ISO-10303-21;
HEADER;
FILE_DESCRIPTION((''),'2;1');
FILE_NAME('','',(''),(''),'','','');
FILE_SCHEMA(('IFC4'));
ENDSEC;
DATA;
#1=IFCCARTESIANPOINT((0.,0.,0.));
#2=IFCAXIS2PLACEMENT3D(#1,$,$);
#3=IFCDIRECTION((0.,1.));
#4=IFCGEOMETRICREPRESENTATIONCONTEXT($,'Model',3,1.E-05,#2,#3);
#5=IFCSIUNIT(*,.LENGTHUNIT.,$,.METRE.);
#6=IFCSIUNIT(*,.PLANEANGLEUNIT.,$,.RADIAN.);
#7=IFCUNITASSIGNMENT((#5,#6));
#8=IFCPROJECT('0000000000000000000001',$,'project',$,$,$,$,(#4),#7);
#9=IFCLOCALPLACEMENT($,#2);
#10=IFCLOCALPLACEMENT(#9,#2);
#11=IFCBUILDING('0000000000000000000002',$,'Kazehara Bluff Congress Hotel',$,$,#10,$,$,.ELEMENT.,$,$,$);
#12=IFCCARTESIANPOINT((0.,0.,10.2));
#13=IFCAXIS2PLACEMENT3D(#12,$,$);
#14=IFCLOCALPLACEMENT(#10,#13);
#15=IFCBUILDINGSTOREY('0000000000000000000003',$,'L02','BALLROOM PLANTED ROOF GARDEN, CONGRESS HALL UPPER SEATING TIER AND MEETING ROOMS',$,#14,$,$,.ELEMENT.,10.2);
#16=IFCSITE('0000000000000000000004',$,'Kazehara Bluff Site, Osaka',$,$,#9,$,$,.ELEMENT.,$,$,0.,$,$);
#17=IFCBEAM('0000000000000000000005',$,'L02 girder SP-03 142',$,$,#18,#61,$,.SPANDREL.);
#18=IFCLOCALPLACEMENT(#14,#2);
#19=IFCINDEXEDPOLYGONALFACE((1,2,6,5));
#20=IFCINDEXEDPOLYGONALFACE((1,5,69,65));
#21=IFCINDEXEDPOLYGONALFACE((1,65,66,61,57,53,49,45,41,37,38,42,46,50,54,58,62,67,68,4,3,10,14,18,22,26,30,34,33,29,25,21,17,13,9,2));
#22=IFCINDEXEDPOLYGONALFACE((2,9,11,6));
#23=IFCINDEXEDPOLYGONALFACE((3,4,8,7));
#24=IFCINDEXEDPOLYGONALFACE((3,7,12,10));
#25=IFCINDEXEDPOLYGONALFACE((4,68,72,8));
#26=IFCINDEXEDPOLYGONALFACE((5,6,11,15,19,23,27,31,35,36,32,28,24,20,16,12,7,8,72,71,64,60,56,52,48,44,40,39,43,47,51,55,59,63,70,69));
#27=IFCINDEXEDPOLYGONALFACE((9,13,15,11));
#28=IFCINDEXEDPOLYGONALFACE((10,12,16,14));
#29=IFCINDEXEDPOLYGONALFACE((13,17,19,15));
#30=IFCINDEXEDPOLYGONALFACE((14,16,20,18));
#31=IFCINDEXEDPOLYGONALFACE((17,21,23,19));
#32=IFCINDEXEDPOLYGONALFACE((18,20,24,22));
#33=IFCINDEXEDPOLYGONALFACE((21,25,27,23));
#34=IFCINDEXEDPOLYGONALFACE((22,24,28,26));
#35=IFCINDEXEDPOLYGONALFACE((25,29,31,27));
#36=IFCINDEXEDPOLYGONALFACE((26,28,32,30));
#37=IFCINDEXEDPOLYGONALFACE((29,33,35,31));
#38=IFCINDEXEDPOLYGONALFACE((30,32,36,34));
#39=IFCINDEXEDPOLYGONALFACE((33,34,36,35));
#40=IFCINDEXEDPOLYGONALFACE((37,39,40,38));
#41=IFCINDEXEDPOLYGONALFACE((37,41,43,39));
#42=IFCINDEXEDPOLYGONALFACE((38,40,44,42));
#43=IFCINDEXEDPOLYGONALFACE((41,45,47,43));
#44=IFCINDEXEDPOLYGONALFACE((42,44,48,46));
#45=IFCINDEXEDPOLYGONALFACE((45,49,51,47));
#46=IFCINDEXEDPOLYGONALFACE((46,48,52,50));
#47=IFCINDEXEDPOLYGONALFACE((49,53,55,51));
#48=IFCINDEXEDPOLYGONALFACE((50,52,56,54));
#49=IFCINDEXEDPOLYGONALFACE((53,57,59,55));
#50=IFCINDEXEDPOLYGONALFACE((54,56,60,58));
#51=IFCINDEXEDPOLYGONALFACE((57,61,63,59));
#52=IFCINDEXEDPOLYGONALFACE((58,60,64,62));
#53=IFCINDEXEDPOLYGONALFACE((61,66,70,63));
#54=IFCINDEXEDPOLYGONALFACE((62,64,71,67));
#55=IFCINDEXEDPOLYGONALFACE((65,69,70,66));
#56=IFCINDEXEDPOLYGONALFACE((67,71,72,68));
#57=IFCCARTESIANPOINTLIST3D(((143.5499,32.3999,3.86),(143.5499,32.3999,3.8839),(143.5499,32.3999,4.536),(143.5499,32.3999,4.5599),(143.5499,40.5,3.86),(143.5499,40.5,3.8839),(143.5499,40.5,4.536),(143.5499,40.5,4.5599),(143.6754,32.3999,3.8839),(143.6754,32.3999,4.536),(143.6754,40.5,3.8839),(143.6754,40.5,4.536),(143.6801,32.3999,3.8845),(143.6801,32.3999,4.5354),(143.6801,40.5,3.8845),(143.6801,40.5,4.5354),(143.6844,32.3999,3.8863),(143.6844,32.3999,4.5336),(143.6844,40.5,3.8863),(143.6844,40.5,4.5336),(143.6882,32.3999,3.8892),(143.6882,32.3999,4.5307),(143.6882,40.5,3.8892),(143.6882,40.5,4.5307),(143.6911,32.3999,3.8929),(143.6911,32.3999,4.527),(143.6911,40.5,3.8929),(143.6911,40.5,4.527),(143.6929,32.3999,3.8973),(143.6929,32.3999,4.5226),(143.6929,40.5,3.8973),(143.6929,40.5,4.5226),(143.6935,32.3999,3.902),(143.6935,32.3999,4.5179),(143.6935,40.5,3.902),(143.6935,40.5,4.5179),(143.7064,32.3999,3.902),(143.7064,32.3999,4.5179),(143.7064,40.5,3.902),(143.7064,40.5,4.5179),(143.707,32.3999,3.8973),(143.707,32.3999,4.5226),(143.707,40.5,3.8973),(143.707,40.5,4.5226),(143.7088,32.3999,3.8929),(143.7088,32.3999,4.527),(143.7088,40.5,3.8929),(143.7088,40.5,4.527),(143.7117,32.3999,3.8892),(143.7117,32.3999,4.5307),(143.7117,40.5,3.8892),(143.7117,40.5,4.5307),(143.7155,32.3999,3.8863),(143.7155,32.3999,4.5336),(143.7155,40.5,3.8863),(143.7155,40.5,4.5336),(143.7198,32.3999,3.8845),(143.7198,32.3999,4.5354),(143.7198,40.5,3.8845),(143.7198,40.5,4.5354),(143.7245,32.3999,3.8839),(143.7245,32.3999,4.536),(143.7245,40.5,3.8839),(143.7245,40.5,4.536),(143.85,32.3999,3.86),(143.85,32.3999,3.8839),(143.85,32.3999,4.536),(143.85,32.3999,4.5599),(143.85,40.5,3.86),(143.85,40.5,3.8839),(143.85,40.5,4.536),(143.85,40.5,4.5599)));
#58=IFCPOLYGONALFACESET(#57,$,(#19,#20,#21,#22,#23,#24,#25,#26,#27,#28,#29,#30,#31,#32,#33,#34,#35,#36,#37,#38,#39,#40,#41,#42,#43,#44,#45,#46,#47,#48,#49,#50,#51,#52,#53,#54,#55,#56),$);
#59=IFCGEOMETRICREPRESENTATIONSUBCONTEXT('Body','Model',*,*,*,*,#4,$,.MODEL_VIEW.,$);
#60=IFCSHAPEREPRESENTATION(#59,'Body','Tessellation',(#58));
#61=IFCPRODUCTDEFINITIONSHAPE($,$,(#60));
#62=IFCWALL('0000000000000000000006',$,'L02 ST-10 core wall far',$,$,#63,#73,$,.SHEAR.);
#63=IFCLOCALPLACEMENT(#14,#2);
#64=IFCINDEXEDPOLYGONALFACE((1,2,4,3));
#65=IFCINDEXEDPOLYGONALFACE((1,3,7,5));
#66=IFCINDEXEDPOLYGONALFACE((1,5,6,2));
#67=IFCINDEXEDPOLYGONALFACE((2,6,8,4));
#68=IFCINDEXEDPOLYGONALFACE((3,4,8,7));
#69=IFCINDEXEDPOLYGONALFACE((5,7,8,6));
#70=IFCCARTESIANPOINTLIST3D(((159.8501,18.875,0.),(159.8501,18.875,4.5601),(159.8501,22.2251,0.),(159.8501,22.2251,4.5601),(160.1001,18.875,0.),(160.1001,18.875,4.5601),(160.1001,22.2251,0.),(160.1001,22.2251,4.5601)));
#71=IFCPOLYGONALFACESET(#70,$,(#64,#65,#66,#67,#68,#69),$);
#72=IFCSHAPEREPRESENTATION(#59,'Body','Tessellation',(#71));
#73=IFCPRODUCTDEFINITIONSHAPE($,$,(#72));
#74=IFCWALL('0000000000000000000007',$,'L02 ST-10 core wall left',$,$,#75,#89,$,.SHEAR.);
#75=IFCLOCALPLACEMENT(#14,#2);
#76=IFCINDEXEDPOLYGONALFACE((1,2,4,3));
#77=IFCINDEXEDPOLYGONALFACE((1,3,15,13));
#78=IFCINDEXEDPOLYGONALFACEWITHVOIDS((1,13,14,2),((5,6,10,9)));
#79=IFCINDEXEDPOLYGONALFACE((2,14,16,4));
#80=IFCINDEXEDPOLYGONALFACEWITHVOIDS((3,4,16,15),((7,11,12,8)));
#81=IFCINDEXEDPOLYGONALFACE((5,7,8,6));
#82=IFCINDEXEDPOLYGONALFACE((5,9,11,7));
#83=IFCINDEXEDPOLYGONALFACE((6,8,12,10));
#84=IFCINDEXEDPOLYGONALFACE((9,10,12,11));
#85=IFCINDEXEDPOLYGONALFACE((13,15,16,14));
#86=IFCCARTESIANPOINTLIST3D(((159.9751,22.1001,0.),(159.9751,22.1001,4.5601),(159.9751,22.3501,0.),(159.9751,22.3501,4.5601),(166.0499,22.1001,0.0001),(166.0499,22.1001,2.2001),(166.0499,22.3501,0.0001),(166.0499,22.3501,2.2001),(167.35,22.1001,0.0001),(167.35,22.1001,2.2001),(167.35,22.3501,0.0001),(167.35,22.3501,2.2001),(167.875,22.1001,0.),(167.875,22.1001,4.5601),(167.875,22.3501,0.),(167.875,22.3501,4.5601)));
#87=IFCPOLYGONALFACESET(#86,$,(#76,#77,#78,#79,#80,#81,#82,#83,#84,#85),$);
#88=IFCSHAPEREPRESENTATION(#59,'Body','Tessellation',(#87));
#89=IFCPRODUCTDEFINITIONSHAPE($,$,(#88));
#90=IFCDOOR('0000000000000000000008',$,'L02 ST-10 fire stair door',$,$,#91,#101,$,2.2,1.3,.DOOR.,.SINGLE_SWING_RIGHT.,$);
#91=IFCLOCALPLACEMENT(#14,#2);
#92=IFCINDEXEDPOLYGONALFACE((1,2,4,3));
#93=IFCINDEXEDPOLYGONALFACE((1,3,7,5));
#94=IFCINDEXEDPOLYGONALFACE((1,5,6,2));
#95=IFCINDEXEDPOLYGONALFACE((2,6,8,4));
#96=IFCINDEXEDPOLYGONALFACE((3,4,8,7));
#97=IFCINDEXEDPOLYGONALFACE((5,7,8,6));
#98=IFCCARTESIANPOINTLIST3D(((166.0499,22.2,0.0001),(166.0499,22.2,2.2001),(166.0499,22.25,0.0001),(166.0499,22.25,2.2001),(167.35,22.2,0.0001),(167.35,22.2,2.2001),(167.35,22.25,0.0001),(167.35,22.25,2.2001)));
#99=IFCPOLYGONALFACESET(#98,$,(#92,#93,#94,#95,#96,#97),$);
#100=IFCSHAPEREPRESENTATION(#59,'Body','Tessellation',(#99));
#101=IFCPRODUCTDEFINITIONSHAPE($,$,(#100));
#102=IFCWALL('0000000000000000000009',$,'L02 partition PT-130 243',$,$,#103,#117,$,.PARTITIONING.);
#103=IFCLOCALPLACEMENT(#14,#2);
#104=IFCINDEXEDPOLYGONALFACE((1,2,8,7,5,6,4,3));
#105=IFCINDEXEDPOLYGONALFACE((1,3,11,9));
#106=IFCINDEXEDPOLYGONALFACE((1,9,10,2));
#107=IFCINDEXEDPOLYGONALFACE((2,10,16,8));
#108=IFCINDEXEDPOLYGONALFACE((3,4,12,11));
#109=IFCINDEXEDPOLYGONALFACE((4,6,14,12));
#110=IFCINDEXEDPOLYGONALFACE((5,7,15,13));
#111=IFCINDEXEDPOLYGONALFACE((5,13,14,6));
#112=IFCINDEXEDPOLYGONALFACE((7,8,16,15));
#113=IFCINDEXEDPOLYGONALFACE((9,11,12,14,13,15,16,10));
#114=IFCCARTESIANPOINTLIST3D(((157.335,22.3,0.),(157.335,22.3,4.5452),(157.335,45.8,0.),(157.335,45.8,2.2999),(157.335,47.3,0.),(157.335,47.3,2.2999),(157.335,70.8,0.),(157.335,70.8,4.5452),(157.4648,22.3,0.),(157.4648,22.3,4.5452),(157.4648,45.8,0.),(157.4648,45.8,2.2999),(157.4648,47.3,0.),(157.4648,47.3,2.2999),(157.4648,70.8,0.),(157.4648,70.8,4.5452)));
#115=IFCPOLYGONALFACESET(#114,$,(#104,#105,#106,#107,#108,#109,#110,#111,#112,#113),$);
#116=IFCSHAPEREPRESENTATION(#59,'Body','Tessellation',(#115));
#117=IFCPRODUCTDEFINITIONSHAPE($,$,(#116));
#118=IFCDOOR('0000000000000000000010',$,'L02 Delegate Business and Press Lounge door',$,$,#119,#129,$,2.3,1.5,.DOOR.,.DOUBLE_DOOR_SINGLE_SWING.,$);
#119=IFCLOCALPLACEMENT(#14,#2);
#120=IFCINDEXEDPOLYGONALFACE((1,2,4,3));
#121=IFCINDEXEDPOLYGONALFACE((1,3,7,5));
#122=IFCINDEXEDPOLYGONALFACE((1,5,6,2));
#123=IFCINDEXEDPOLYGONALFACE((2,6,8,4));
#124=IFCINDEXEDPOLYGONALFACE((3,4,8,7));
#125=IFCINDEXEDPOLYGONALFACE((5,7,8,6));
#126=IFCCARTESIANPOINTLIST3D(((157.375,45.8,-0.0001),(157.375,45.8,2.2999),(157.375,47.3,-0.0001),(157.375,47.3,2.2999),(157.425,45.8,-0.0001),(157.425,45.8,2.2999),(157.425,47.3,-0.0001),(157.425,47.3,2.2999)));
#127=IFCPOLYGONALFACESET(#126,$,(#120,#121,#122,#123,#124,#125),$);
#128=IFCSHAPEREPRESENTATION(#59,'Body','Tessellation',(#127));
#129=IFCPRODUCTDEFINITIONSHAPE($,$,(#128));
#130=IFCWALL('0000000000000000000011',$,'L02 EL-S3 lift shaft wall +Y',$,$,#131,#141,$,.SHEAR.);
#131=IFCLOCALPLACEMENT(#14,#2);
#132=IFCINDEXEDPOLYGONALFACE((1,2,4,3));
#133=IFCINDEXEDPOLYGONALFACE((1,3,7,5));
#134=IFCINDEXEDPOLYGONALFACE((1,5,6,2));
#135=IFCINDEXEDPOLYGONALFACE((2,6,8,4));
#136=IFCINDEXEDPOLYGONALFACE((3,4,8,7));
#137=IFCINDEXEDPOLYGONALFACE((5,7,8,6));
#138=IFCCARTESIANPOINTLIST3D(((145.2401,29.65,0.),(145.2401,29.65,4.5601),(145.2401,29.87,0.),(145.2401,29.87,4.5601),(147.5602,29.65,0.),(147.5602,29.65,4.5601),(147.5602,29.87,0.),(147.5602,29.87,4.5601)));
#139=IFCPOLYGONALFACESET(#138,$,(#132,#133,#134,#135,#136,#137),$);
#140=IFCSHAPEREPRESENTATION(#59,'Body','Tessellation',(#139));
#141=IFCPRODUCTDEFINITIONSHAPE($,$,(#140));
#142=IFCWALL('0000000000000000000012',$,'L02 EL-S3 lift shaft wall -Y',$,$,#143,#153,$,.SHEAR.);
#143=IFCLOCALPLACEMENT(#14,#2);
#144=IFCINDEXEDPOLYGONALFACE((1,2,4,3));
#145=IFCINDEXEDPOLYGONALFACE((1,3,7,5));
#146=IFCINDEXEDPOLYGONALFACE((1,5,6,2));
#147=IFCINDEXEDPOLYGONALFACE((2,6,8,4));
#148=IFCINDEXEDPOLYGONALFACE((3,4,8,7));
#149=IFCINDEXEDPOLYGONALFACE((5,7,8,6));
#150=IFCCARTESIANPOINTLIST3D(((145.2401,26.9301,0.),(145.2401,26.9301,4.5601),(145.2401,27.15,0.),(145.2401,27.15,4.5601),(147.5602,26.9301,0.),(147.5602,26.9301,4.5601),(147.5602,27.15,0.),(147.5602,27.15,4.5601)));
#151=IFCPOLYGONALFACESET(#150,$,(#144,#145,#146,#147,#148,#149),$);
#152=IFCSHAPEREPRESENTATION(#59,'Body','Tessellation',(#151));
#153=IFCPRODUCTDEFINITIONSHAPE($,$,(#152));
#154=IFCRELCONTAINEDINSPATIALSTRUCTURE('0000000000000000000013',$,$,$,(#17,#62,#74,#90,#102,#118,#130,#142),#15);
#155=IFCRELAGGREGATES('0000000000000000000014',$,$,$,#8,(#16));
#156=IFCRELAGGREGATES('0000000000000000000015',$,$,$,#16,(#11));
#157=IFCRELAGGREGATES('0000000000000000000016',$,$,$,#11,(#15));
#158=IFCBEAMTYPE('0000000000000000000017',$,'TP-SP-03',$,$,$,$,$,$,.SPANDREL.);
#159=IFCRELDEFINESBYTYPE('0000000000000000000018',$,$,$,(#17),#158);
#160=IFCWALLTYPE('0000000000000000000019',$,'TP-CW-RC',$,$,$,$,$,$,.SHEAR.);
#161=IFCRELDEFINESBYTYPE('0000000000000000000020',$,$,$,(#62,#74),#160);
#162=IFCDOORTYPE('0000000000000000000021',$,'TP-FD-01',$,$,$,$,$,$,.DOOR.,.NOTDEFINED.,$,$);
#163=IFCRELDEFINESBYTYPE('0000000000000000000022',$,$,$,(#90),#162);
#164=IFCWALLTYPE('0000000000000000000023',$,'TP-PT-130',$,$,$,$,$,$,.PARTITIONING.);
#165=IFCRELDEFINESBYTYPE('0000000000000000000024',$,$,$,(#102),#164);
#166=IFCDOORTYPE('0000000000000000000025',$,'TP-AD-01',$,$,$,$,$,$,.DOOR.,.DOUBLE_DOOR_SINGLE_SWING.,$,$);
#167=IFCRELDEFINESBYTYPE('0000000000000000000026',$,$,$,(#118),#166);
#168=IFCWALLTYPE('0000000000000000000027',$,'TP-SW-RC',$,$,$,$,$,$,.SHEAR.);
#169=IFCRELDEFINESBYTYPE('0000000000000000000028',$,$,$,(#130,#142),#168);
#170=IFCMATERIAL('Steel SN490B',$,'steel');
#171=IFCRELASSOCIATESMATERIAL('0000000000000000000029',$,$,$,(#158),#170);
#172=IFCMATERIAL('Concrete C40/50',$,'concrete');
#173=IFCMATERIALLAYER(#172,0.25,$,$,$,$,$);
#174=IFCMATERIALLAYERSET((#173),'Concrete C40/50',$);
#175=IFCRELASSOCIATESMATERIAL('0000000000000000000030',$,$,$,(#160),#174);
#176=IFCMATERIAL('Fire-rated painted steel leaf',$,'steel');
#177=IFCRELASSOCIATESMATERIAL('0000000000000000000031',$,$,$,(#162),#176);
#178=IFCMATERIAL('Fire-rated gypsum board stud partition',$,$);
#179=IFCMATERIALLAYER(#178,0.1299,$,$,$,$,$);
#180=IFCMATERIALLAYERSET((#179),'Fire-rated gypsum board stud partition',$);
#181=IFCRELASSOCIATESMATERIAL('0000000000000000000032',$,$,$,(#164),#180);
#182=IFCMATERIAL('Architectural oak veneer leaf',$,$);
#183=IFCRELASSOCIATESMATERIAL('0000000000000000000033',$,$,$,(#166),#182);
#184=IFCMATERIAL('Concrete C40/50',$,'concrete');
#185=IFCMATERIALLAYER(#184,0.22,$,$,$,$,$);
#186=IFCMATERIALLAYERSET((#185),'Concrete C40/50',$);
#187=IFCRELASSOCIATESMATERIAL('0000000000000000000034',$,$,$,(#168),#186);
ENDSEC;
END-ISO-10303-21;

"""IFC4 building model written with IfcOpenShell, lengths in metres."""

from ifc_helpers import new_model, si_unit, direction, frame, frame_2d, origin, origin_2d, place, context, subcontext, project, spatial, rectangle, i_section, extrude, material, layer, layer_set, material_profile, profile_set, type_object, element, fill, save


model = new_model("IFC4")

# Units and contexts
model_context = context("Model", 3, precision=1e-05, world=origin(), true_north=direction((0.0, 1.0)))
body_context = subcontext(model_context, "Body", "Model", "MODEL_VIEW")
ifc_project = project(units=[si_unit("LENGTHUNIT", "METRE"), si_unit("PLANEANGLEUNIT", "RADIAN")], contexts=[model_context])

# Site, building, storey
site_placement = place(None, origin())
site = spatial("IfcSite", under=ifc_project, at=site_placement, Name="Kazehara Bluff Site, Osaka", CompositionType="ELEMENT", RefElevation=0.0)
building_placement = place(site_placement, origin())
building = spatial("IfcBuilding", under=site, at=building_placement, Name="Kazehara Bluff Congress Hotel", CompositionType="ELEMENT")
storey_placement = place(building_placement, frame((0.0, 0.0, 10.2)))
storey = spatial("IfcBuildingStorey", under=building, at=storey_placement, Name="L02", Description="BALLROOM PLANTED ROOF GARDEN, CONGRESS HALL UPPER SEATING TIER AND MEETING ROOMS", CompositionType="ELEMENT", Elevation=10.2)

# Beam
ifc_material_1 = material(Name="Steel SN490B", Category="steel")
ifc_material_profile_1 = material_profile(ifc_material_1, i_section(OverallWidth=0.3, OverallDepth=0.7, WebThickness=0.0129, FlangeThickness=0.0239, FilletRadius=0.0181, at=origin_2d()))
ifc_profile_set_1 = profile_set([ifc_material_profile_1], Name="Steel SN490B")
beam_type_1 = type_object("IfcBeamType", Name="TP-SP-03", PredefinedType="SPANDREL", material=ifc_profile_set_1)
beam_1_placement = place(storey_placement, frame((143.7, 32.3999, 4.21), z_axis=(0.0, 1.0, 0.0), x_axis=(-1.0, 0.0, 0.0)))
element("IfcBeam", 1, at=beam_1_placement, inside=storey, type_object=beam_type_1, Name="L02 girder SP-03 142", PredefinedType="SPANDREL", context=body_context, shape_type="SweptSolid", body=[
    extrude(i_section(OverallWidth=0.3, OverallDepth=0.7, WebThickness=0.0129, FlangeThickness=0.0239, FilletRadius=0.0181, at=origin_2d()), origin(), (0.0, 0.0, 1.0), 8.1001),
])

# Wall
ifc_material_2 = material(Name="Concrete C40/50", Category="concrete")
ifc_layer_1 = layer(ifc_material_2, 0.25)
ifc_layer_set_1 = layer_set([ifc_layer_1], Name="Concrete C40/50")
wall_type_1 = type_object("IfcWallType", Name="TP-CW-RC", PredefinedType="SHEAR", material=ifc_layer_set_1)
wall_1_placement = place(storey_placement, frame((159.9751, 18.875, 0.0), z_axis=(0.0, 0.0, 1.0), x_axis=(0.0, 1.0, 0.0)))
element("IfcWall", 2, at=wall_1_placement, inside=storey, type_object=wall_type_1, Name="L02 ST-10 core wall far", PredefinedType="SHEAR", context=body_context, shape_type="SweptSolid", body=[
    extrude(rectangle(XDim=3.3501, YDim=0.25, at=frame_2d((1.675, 0.0))), origin(), (0.0, 0.0, 1.0), 4.5601),
])

# Walls, openings, doors
wall_2_placement = place(storey_placement, frame((159.9751, 22.2251, 0.0), z_axis=(0.0, 0.0, 1.0), x_axis=(1.0, 0.0, 0.0)))
wall_2 = element("IfcWall", 3, at=wall_2_placement, inside=storey, type_object=wall_type_1, Name="L02 ST-10 core wall left", PredefinedType="SHEAR", context=body_context, shape_type="SweptSolid", body=[
    extrude(rectangle(XDim=7.8999, YDim=0.25, at=frame_2d((3.95, 0.0))), origin(), (0.0, 0.0, 1.0), 4.5601),
])
opening_1_placement = place(wall_2_placement, frame((6.075, 0.0, 0.0)))
opening_1 = element("IfcOpeningElement", 4, at=opening_1_placement, cuts=wall_2, PredefinedType="OPENING", context=body_context, shape_type="SweptSolid", body=[
    extrude(rectangle(XDim=1.3, YDim=2.2, at=frame_2d((0.6499, 1.1001))), frame((0.0, 0.135, 0.0), z_axis=(0.0, -1.0, 0.0), x_axis=(1.0, 0.0, 0.0)), (0.0, 0.0, 1.0), 0.27),
])
ifc_material_3 = material(Name="Fire-rated painted steel leaf", Category="steel")
door_type_1 = type_object("IfcDoorType", Name="TP-FD-01", OperationType="NOTDEFINED", PredefinedType="DOOR", material=ifc_material_3)
door_1_placement = place(opening_1_placement, origin())
door_1 = element("IfcDoor", 5, at=door_1_placement, inside=storey, type_object=door_type_1, Name="L02 ST-10 fire stair door", OperationType="SINGLE_SWING_RIGHT", OverallHeight=2.2, OverallWidth=1.3, PredefinedType="DOOR", context=body_context, shape_type="SweptSolid", body=[
    extrude(rectangle(XDim=1.3, YDim=2.2, at=frame_2d((0.6499, 1.1001))), frame((0.0, 0.0249, 0.0), z_axis=(0.0, -1.0, 0.0), x_axis=(1.0, 0.0, 0.0)), (0.0, 0.0, 1.0), 0.05),
])
fill(opening_1, door_1)
ifc_material_4 = material(Name="Fire-rated gypsum board stud partition")
ifc_layer_2 = layer(ifc_material_4, 0.1299)
ifc_layer_set_2 = layer_set([ifc_layer_2], Name="Fire-rated gypsum board stud partition")
wall_type_2 = type_object("IfcWallType", Name="TP-PT-130", PredefinedType="PARTITIONING", material=ifc_layer_set_2)
wall_3_placement = place(storey_placement, frame((157.3999, 22.3, 0.0), z_axis=(0.0, 0.0, 1.0), x_axis=(0.0, 1.0, 0.0)))
wall_3 = element("IfcWall", 6, at=wall_3_placement, inside=storey, type_object=wall_type_2, Name="L02 partition PT-130 243", PredefinedType="PARTITIONING", context=body_context, shape_type="SweptSolid", body=[
    extrude(rectangle(XDim=48.5, YDim=0.1299, at=frame_2d((24.25, 0.0))), origin(), (0.0, 0.0, 1.0), 4.5452),
])
opening_2_placement = place(wall_3_placement, frame((23.5, 0.0, 0.0)))
opening_2 = element("IfcOpeningElement", 7, at=opening_2_placement, cuts=wall_3, PredefinedType="OPENING", context=body_context, shape_type="SweptSolid", body=[
    extrude(rectangle(XDim=1.5, YDim=2.3, at=frame_2d((0.75, 1.1499))), frame((0.0, 0.075, 0.0), z_axis=(0.0, -1.0, 0.0), x_axis=(1.0, 0.0, 0.0)), (0.0, 0.0, 1.0), 0.1499),
])
ifc_material_5 = material(Name="Architectural oak veneer leaf")
door_type_2 = type_object("IfcDoorType", Name="TP-AD-01", OperationType="DOUBLE_DOOR_SINGLE_SWING", PredefinedType="DOOR", material=ifc_material_5)
door_2_placement = place(opening_2_placement, origin())
door_2 = element("IfcDoor", 8, at=door_2_placement, inside=storey, type_object=door_type_2, Name="L02 Delegate Business and Press Lounge door", OperationType="DOUBLE_DOOR_SINGLE_SWING", OverallHeight=2.3, OverallWidth=1.5, PredefinedType="DOOR", context=body_context, shape_type="SweptSolid", body=[
    extrude(rectangle(XDim=1.5, YDim=2.3, at=frame_2d((0.75, 1.1499))), frame((0.0, 0.0249, 0.0), z_axis=(0.0, -1.0, 0.0), x_axis=(1.0, 0.0, 0.0)), (0.0, 0.0, 1.0), 0.05),
])
fill(opening_2, door_2)

# Walls
ifc_material_6 = material(Name="Concrete C40/50", Category="concrete")
ifc_layer_3 = layer(ifc_material_6, 0.22)
ifc_layer_set_3 = layer_set([ifc_layer_3], Name="Concrete C40/50")
wall_type_3 = type_object("IfcWallType", Name="TP-SW-RC", PredefinedType="SHEAR", material=ifc_layer_set_3)
for number, where, z_axis, x_axis, name in (
    (9, (145.24, 29.76, 0.0), (0.0, 0.0, 1.0), (1.0, 0.0, 0.0), "L02 EL-S3 lift shaft wall +Y"),
    (10, (145.24, 27.04, 0.0), (0.0, 0.0, 1.0), (1.0, 0.0, 0.0), "L02 EL-S3 lift shaft wall -Y"),
):
    element("IfcWall", number, at=place(storey_placement, frame(where, z_axis=z_axis, x_axis=x_axis)), inside=storey, type_object=wall_type_3, Name=name, PredefinedType="SHEAR", context=body_context, shape_type="SweptSolid", body=[
        extrude(rectangle(XDim=2.3201, YDim=0.22, at=frame_2d((1.1602, 0.0))), origin(), (0.0, 0.0, 1.0), 4.5601),
    ])

save(model, "model.ifc")
